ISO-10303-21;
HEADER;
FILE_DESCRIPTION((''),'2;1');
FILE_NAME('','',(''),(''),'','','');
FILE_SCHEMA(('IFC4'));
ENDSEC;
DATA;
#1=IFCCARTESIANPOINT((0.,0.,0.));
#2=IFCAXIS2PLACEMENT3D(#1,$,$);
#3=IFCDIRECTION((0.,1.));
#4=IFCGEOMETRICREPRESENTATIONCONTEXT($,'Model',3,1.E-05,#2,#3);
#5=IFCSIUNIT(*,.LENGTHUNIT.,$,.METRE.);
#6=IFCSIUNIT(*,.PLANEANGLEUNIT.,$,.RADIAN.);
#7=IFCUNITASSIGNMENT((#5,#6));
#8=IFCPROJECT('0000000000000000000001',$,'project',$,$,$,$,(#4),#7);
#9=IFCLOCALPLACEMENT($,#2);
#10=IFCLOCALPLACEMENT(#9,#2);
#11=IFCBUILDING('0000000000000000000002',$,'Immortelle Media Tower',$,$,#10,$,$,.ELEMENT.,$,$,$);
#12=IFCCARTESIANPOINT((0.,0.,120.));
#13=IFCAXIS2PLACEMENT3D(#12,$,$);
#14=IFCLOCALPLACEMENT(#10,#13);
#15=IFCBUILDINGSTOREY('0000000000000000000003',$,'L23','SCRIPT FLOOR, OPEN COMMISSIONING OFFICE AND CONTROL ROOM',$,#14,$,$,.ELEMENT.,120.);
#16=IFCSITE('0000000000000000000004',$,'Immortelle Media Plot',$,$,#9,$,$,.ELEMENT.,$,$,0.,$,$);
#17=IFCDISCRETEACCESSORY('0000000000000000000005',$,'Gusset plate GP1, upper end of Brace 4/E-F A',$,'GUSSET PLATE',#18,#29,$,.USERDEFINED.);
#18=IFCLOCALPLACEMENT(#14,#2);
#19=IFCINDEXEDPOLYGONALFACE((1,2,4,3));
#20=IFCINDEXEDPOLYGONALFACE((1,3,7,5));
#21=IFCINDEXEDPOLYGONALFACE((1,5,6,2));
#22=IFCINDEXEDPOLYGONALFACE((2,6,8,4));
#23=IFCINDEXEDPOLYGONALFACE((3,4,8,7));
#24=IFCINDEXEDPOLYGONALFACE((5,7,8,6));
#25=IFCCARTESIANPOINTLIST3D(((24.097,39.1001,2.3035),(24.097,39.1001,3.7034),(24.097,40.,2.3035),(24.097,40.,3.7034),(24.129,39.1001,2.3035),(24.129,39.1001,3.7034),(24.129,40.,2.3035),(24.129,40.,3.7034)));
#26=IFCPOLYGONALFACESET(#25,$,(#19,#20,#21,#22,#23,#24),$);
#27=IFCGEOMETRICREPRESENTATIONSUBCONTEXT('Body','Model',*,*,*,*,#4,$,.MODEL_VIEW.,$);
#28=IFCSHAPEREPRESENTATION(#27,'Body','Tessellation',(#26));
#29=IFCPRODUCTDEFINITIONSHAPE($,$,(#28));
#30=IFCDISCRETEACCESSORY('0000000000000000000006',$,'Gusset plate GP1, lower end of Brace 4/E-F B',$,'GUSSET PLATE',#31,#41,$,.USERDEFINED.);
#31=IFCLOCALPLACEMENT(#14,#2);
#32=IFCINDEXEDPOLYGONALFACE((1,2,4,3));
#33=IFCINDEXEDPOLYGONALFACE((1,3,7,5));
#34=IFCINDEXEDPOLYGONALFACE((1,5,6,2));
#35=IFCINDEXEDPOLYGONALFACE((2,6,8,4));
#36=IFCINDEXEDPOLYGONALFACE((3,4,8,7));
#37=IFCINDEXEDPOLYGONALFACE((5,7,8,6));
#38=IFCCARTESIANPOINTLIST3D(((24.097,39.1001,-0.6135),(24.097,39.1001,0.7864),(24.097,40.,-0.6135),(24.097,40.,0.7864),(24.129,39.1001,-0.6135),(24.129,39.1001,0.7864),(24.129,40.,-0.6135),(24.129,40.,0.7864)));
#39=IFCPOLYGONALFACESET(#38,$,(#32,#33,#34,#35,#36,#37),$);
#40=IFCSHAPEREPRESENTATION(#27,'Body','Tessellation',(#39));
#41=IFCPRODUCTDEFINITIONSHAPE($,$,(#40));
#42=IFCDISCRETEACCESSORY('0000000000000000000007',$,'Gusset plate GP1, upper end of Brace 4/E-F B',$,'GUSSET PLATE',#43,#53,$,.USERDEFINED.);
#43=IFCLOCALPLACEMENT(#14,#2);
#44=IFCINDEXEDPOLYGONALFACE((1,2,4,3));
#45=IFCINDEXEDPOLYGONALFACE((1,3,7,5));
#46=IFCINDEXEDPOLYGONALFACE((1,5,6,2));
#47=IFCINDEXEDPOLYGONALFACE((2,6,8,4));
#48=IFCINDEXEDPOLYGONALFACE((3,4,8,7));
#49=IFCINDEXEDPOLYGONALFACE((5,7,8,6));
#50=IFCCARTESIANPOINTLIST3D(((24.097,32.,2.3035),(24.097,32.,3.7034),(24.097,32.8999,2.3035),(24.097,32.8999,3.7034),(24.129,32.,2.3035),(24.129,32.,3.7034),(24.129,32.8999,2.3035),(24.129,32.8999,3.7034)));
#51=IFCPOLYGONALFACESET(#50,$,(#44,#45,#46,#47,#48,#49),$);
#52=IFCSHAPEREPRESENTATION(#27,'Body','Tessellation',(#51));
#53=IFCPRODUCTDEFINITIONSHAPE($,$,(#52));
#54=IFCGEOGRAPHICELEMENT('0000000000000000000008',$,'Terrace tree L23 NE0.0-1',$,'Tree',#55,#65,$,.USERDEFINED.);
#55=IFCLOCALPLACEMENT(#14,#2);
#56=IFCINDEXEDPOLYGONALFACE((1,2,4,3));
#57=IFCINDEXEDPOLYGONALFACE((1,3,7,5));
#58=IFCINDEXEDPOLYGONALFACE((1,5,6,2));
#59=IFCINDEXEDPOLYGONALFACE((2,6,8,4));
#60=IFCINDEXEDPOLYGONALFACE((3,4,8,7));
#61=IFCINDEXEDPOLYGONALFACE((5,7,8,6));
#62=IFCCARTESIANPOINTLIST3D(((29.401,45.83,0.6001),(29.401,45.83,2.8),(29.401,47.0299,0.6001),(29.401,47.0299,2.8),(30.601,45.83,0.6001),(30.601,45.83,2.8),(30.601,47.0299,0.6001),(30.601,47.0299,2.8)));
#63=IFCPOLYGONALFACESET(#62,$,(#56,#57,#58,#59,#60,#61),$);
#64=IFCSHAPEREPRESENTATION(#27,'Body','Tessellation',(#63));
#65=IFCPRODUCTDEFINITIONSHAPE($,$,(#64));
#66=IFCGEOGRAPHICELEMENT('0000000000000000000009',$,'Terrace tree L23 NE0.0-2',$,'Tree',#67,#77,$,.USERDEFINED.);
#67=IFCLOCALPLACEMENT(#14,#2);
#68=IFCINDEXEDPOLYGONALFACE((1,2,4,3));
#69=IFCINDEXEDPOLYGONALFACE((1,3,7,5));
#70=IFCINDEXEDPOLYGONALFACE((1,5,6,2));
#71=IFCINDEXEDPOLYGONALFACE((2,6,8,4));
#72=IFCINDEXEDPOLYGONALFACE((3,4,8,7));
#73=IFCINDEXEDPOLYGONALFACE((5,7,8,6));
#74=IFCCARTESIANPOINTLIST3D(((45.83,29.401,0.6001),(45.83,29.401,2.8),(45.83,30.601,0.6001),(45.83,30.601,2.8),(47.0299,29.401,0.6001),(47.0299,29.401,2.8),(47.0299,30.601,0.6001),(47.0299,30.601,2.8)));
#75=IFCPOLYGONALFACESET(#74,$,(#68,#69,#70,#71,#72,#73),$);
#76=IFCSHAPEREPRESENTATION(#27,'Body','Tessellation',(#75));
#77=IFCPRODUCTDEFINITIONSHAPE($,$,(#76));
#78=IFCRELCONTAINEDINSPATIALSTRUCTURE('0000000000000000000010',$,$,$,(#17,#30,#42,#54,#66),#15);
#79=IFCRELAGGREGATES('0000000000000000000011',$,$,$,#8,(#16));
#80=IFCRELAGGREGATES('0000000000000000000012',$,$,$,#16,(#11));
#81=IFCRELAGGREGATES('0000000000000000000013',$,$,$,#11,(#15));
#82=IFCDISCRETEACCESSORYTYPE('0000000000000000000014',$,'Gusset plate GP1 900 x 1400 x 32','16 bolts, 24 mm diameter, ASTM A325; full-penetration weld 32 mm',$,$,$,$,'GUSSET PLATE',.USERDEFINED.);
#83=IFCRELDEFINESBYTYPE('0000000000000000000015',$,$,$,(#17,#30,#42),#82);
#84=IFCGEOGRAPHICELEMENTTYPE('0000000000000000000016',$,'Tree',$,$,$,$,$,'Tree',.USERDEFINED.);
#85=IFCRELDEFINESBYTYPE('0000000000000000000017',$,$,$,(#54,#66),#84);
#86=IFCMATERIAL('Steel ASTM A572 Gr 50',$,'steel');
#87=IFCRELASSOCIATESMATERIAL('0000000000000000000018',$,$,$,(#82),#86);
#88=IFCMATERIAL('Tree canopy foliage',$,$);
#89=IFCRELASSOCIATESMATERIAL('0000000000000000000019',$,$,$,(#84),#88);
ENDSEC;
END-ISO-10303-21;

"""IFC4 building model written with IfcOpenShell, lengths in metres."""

from ifc_helpers import new_model, si_unit, direction, frame, origin, origin_2d, place, context, subcontext, project, spatial, rectangle, extrude, material, material_profile, profile_set, type_object, element, save


model = new_model("IFC4")

# Units and contexts
model_context = context("Model", 3, precision=1e-05, world=origin(), true_north=direction((0.0, 1.0)))
body_context = subcontext(model_context, "Body", "Model", "MODEL_VIEW")
ifc_project = project(units=[si_unit("LENGTHUNIT", "METRE"), si_unit("PLANEANGLEUNIT", "RADIAN")], contexts=[model_context])

# Site, building, storey
site_placement = place(None, origin())
site = spatial("IfcSite", under=ifc_project, at=site_placement, Name="Immortelle Media Plot", CompositionType="ELEMENT", RefElevation=0.0)
building_placement = place(site_placement, origin())
building = spatial("IfcBuilding", under=site, at=building_placement, Name="Immortelle Media Tower", CompositionType="ELEMENT")
storey_placement = place(building_placement, frame((0.0, 0.0, 120.0)))
storey = spatial("IfcBuildingStorey", under=building, at=storey_placement, Name="L23", Description="SCRIPT FLOOR, OPEN COMMISSIONING OFFICE AND CONTROL ROOM", CompositionType="ELEMENT", Elevation=120.0)

# Discrete accessories
ifc_material_1 = material(Name="Steel ASTM A572 Gr 50", Category="steel")
ifc_material_profile_1 = material_profile(ifc_material_1, rectangle(XDim=0.032, YDim=1.3999, at=origin_2d()), Name="PL 32 x 1400")
ifc_profile_set_1 = profile_set([ifc_material_profile_1], Name="Steel ASTM A572 Gr 50")
discrete_accessory_type_1 = type_object("IfcDiscreteAccessoryType", Name="Gusset plate GP1 900 x 1400 x 32", Description="16 bolts, 24 mm diameter, ASTM A325; full-penetration weld 32 mm", ElementType="GUSSET PLATE", PredefinedType="USERDEFINED", material=ifc_profile_set_1)
for number, where, z_axis, x_axis, name in (
    (1, (24.113, 40.0, 3.0034), (0.0, -1.0, 0.0), (1.0, 0.0, 0.0), "Gusset plate GP1, upper end of Brace 4/E-F A"),
    (2, (24.113, 40.0, 0.0864), (0.0, -1.0, 0.0), (1.0, 0.0, 0.0), "Gusset plate GP1, lower end of Brace 4/E-F B"),
    (3, (24.113, 32.0, 3.0034), (0.0, 1.0, 0.0), (-1.0, 0.0, 0.0), "Gusset plate GP1, upper end of Brace 4/E-F B"),
):
    element("IfcDiscreteAccessory", number, at=place(storey_placement, frame(where, z_axis=z_axis, x_axis=x_axis)), inside=storey, type_object=discrete_accessory_type_1, Name=name, ObjectType="GUSSET PLATE", PredefinedType="USERDEFINED", context=body_context, shape_type="SweptSolid", body=[
        extrude(rectangle(XDim=0.032, YDim=1.3999, at=origin_2d()), origin(), (0.0, 0.0, 1.0), 0.8999),
    ])

# Geographic elements
ifc_material_2 = material(Name="Tree canopy foliage")
geographic_element_type = type_object("IfcGeographicElementType", Name="Tree", ElementType="Tree", PredefinedType="USERDEFINED", material=ifc_material_2)
for number, where, z_axis, x_axis, name in (
    (4, (30.001, 46.4299, 0.6001), (0.0, 0.0, 1.0), (1.0, 0.0, 0.0), "Terrace tree L23 NE0.0-1"),
    (5, (46.4299, 30.001, 0.6001), (0.0, 0.0, 1.0), (1.0, 0.0, 0.0), "Terrace tree L23 NE0.0-2"),
):
    element("IfcGeographicElement", number, at=place(storey_placement, frame(where, z_axis=z_axis, x_axis=x_axis)), inside=storey, type_object=geographic_element_type, Name=name, ObjectType="Tree", PredefinedType="USERDEFINED", context=body_context, shape_type="SweptSolid", body=[
        extrude(rectangle(XDim=1.2, YDim=1.2, at=origin_2d()), origin(), (0.0, 0.0, 1.0), 2.2),
    ])

save(model, "model.ifc")
